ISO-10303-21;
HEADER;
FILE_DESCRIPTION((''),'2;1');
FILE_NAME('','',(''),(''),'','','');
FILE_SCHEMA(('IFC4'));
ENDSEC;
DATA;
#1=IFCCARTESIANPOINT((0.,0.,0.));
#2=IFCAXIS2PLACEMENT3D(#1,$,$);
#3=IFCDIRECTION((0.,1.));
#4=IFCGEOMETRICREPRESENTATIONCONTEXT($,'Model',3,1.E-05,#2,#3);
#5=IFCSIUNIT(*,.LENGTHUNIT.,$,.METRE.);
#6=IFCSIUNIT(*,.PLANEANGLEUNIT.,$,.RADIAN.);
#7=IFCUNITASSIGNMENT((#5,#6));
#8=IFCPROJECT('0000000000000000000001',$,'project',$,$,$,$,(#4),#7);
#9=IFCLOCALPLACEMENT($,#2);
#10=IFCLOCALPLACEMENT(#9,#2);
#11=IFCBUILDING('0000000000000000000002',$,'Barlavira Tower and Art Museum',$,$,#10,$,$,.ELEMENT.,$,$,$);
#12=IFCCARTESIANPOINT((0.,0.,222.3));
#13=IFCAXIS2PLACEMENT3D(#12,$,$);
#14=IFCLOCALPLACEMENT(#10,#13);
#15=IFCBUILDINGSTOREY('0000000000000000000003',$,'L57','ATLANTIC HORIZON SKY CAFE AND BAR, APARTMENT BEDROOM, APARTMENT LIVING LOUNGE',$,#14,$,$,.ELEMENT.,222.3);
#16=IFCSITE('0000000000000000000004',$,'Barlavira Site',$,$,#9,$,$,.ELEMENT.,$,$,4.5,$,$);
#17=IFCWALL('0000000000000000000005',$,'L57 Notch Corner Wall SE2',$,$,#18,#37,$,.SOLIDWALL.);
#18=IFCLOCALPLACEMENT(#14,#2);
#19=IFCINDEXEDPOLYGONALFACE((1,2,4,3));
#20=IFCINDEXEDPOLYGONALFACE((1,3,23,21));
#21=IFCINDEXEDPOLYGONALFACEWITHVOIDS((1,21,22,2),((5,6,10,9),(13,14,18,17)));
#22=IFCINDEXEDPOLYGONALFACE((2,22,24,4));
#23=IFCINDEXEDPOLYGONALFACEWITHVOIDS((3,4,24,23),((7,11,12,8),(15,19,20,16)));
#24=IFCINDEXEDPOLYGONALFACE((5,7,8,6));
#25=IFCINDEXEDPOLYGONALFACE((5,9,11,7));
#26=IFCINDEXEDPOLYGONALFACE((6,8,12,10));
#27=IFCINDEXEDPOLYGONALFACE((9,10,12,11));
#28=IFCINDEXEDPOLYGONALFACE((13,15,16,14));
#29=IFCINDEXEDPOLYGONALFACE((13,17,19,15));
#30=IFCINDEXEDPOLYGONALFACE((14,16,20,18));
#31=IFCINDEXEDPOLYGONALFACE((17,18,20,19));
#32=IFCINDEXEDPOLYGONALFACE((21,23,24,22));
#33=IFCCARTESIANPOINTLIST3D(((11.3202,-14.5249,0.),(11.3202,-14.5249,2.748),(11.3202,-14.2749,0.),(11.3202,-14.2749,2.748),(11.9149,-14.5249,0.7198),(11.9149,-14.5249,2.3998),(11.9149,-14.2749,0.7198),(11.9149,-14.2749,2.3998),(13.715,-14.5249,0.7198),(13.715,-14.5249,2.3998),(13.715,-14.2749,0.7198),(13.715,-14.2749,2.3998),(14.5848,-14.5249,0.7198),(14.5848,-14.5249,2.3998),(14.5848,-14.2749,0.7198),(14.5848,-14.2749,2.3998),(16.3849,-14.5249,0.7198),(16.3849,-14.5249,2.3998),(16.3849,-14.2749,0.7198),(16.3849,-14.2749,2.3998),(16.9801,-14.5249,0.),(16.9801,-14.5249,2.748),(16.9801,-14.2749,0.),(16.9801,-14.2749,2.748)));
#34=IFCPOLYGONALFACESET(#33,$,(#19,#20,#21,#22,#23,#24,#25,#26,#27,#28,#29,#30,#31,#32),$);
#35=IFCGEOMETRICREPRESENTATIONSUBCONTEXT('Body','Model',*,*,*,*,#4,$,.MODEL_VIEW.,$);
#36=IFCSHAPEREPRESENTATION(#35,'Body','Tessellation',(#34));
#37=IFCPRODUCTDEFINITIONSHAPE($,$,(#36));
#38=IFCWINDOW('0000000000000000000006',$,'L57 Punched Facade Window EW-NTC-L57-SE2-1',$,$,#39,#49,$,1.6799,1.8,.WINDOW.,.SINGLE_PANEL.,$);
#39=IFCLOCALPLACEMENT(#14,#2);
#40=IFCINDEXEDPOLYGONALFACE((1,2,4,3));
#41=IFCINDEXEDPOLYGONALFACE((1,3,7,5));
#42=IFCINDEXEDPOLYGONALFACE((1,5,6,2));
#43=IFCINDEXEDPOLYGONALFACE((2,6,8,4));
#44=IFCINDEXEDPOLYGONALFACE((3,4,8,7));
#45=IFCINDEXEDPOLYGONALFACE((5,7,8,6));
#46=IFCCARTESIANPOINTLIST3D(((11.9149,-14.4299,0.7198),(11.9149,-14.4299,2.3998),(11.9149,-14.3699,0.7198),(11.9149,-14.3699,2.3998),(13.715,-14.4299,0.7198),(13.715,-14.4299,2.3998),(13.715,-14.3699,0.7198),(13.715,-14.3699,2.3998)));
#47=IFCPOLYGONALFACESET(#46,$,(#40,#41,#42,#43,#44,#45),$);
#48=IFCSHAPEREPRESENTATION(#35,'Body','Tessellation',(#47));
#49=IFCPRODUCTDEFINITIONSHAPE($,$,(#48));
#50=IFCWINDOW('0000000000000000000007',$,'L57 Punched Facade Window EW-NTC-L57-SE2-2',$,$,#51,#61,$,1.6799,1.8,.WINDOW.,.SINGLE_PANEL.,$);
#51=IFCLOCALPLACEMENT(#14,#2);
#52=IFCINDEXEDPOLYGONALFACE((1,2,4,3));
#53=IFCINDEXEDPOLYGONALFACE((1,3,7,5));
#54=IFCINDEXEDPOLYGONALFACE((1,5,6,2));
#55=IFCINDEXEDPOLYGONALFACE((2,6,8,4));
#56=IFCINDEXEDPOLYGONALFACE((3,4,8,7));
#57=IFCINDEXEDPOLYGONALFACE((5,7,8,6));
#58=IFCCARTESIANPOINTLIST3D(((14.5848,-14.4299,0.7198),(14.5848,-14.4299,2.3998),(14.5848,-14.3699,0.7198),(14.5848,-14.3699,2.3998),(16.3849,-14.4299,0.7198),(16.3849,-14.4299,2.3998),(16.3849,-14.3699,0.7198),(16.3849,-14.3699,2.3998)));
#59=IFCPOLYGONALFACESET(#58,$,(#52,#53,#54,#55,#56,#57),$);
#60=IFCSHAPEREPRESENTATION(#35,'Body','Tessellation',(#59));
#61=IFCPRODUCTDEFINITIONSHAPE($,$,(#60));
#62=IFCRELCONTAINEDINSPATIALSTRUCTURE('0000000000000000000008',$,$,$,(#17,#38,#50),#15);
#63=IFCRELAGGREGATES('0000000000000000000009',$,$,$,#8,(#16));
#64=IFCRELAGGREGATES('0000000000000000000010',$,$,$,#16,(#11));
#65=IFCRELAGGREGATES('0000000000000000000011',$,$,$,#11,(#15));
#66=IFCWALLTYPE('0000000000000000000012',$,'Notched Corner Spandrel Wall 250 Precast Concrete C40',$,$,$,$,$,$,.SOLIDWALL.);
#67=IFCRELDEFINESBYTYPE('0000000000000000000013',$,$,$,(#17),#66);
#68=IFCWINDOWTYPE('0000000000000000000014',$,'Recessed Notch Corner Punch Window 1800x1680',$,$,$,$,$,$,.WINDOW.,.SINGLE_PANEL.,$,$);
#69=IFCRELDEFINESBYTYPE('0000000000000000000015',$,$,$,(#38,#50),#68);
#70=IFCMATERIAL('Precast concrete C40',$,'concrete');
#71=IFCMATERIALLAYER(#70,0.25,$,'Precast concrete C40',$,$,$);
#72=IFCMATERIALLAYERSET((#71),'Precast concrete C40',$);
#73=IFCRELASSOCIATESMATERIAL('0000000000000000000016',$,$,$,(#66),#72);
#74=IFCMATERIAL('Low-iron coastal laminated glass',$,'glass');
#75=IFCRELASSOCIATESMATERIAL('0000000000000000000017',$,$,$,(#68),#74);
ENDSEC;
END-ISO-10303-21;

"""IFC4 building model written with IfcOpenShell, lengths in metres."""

from ifc_helpers import new_model, si_unit, direction, frame, frame_2d, origin, place, context, subcontext, project, spatial, rectangle, extrude, material, layer, layer_set, type_object, element, fill, save


model = new_model("IFC4")

# Units and contexts
model_context = context("Model", 3, precision=1e-05, world=origin(), true_north=direction((0.0, 1.0)))
body_context = subcontext(model_context, "Body", "Model", "MODEL_VIEW")
ifc_project = project(units=[si_unit("LENGTHUNIT", "METRE"), si_unit("PLANEANGLEUNIT", "RADIAN")], contexts=[model_context])

# Site, building, storey
site_placement = place(None, origin())
site = spatial("IfcSite", under=ifc_project, at=site_placement, Name="Barlavira Site", CompositionType="ELEMENT", RefElevation=4.5)
building_placement = place(site_placement, origin())
building = spatial("IfcBuilding", under=site, at=building_placement, Name="Barlavira Tower and Art Museum", CompositionType="ELEMENT")
storey_placement = place(building_placement, frame((0.0, 0.0, 222.3)))
storey = spatial("IfcBuildingStorey", under=building, at=storey_placement, Name="L57", Description="ATLANTIC HORIZON SKY CAFE AND BAR, APARTMENT BEDROOM, APARTMENT LIVING LOUNGE", CompositionType="ELEMENT", Elevation=222.3)

# Shared definitions
ifc_material_1 = material(Name="Precast concrete C40", Category="concrete")
ifc_layer_1 = layer(ifc_material_1, 0.25, Name="Precast concrete C40")
ifc_layer_set_1 = layer_set([ifc_layer_1], Name="Precast concrete C40")
wall_type_1 = type_object("IfcWallType", Name="Notched Corner Spandrel Wall 250 Precast Concrete C40", PredefinedType="SOLIDWALL", material=ifc_layer_set_1)
ifc_material_2 = material(Name="Low-iron coastal laminated glass", Category="glass")
window_type = type_object("IfcWindowType", Name="Recessed Notch Corner Punch Window 1800x1680", PartitioningType="SINGLE_PANEL", PredefinedType="WINDOW", material=ifc_material_2)

# Wall, openings, windows
wall_1_placement = place(storey_placement, frame((11.3201, -14.3999, 0.0), z_axis=(0.0, 0.0, 1.0), x_axis=(1.0, 0.0, 0.0)))
wall_1 = element("IfcWall", 1, at=wall_1_placement, inside=storey, type_object=wall_type_1, Name="L57 Notch Corner Wall SE2", PredefinedType="SOLIDWALL", context=body_context, shape_type="SweptSolid", body=[
    extrude(rectangle(XDim=5.6599, YDim=0.25, at=frame_2d((2.8301, 0.0))), origin(), (0.0, 0.0, 1.0), 2.748),
])
opening_1_placement = place(wall_1_placement, frame((0.595, 0.0, 0.72)))
opening_1 = element("IfcOpeningElement", 2, at=opening_1_placement, cuts=wall_1, PredefinedType="OPENING", context=body_context, shape_type="SweptSolid", body=[
    extrude(rectangle(XDim=1.8, YDim=1.6799, at=frame_2d((0.8999, 0.8398))), frame((0.0, 0.135, 0.0), z_axis=(0.0, -1.0, 0.0), x_axis=(1.0, 0.0, 0.0)), (0.0, 0.0, 1.0), 0.27),
])
opening_2_placement = place(wall_1_placement, frame((3.2649, 0.0, 0.72)))
opening_2 = element("IfcOpeningElement", 3, at=opening_2_placement, cuts=wall_1, PredefinedType="OPENING", context=body_context, shape_type="SweptSolid", body=[
    extrude(rectangle(XDim=1.8, YDim=1.6799, at=frame_2d((0.8999, 0.8398))), frame((0.0, 0.135, 0.0), z_axis=(0.0, -1.0, 0.0), x_axis=(1.0, 0.0, 0.0)), (0.0, 0.0, 1.0), 0.27),
])
window_1_placement = place(opening_1_placement, origin())
window_1 = element("IfcWindow", 4, at=window_1_placement, inside=storey, type_object=window_type, Name="L57 Punched Facade Window EW-NTC-L57-SE2-1", OverallHeight=1.6799, OverallWidth=1.8, PartitioningType="SINGLE_PANEL", PredefinedType="WINDOW", context=body_context, shape_type="SweptSolid", body=[
    extrude(rectangle(XDim=1.8, YDim=1.6799, at=frame_2d((0.8999, 0.8398))), frame((0.0, 0.03, 0.0), z_axis=(0.0, -1.0, 0.0), x_axis=(1.0, 0.0, 0.0)), (0.0, 0.0, 1.0), 0.0601),
])
fill(opening_1, window_1)
window_2_placement = place(opening_2_placement, origin())
window_2 = element("IfcWindow", 5, at=window_2_placement, inside=storey, type_object=window_type, Name="L57 Punched Facade Window EW-NTC-L57-SE2-2", OverallHeight=1.6799, OverallWidth=1.8, PartitioningType="SINGLE_PANEL", PredefinedType="WINDOW", context=body_context, shape_type="SweptSolid", body=[
    extrude(rectangle(XDim=1.8, YDim=1.6799, at=frame_2d((0.8999, 0.8398))), frame((0.0, 0.03, 0.0), z_axis=(0.0, -1.0, 0.0), x_axis=(1.0, 0.0, 0.0)), (0.0, 0.0, 1.0), 0.0601),
])
fill(opening_2, window_2)

save(model, "model.ifc")
